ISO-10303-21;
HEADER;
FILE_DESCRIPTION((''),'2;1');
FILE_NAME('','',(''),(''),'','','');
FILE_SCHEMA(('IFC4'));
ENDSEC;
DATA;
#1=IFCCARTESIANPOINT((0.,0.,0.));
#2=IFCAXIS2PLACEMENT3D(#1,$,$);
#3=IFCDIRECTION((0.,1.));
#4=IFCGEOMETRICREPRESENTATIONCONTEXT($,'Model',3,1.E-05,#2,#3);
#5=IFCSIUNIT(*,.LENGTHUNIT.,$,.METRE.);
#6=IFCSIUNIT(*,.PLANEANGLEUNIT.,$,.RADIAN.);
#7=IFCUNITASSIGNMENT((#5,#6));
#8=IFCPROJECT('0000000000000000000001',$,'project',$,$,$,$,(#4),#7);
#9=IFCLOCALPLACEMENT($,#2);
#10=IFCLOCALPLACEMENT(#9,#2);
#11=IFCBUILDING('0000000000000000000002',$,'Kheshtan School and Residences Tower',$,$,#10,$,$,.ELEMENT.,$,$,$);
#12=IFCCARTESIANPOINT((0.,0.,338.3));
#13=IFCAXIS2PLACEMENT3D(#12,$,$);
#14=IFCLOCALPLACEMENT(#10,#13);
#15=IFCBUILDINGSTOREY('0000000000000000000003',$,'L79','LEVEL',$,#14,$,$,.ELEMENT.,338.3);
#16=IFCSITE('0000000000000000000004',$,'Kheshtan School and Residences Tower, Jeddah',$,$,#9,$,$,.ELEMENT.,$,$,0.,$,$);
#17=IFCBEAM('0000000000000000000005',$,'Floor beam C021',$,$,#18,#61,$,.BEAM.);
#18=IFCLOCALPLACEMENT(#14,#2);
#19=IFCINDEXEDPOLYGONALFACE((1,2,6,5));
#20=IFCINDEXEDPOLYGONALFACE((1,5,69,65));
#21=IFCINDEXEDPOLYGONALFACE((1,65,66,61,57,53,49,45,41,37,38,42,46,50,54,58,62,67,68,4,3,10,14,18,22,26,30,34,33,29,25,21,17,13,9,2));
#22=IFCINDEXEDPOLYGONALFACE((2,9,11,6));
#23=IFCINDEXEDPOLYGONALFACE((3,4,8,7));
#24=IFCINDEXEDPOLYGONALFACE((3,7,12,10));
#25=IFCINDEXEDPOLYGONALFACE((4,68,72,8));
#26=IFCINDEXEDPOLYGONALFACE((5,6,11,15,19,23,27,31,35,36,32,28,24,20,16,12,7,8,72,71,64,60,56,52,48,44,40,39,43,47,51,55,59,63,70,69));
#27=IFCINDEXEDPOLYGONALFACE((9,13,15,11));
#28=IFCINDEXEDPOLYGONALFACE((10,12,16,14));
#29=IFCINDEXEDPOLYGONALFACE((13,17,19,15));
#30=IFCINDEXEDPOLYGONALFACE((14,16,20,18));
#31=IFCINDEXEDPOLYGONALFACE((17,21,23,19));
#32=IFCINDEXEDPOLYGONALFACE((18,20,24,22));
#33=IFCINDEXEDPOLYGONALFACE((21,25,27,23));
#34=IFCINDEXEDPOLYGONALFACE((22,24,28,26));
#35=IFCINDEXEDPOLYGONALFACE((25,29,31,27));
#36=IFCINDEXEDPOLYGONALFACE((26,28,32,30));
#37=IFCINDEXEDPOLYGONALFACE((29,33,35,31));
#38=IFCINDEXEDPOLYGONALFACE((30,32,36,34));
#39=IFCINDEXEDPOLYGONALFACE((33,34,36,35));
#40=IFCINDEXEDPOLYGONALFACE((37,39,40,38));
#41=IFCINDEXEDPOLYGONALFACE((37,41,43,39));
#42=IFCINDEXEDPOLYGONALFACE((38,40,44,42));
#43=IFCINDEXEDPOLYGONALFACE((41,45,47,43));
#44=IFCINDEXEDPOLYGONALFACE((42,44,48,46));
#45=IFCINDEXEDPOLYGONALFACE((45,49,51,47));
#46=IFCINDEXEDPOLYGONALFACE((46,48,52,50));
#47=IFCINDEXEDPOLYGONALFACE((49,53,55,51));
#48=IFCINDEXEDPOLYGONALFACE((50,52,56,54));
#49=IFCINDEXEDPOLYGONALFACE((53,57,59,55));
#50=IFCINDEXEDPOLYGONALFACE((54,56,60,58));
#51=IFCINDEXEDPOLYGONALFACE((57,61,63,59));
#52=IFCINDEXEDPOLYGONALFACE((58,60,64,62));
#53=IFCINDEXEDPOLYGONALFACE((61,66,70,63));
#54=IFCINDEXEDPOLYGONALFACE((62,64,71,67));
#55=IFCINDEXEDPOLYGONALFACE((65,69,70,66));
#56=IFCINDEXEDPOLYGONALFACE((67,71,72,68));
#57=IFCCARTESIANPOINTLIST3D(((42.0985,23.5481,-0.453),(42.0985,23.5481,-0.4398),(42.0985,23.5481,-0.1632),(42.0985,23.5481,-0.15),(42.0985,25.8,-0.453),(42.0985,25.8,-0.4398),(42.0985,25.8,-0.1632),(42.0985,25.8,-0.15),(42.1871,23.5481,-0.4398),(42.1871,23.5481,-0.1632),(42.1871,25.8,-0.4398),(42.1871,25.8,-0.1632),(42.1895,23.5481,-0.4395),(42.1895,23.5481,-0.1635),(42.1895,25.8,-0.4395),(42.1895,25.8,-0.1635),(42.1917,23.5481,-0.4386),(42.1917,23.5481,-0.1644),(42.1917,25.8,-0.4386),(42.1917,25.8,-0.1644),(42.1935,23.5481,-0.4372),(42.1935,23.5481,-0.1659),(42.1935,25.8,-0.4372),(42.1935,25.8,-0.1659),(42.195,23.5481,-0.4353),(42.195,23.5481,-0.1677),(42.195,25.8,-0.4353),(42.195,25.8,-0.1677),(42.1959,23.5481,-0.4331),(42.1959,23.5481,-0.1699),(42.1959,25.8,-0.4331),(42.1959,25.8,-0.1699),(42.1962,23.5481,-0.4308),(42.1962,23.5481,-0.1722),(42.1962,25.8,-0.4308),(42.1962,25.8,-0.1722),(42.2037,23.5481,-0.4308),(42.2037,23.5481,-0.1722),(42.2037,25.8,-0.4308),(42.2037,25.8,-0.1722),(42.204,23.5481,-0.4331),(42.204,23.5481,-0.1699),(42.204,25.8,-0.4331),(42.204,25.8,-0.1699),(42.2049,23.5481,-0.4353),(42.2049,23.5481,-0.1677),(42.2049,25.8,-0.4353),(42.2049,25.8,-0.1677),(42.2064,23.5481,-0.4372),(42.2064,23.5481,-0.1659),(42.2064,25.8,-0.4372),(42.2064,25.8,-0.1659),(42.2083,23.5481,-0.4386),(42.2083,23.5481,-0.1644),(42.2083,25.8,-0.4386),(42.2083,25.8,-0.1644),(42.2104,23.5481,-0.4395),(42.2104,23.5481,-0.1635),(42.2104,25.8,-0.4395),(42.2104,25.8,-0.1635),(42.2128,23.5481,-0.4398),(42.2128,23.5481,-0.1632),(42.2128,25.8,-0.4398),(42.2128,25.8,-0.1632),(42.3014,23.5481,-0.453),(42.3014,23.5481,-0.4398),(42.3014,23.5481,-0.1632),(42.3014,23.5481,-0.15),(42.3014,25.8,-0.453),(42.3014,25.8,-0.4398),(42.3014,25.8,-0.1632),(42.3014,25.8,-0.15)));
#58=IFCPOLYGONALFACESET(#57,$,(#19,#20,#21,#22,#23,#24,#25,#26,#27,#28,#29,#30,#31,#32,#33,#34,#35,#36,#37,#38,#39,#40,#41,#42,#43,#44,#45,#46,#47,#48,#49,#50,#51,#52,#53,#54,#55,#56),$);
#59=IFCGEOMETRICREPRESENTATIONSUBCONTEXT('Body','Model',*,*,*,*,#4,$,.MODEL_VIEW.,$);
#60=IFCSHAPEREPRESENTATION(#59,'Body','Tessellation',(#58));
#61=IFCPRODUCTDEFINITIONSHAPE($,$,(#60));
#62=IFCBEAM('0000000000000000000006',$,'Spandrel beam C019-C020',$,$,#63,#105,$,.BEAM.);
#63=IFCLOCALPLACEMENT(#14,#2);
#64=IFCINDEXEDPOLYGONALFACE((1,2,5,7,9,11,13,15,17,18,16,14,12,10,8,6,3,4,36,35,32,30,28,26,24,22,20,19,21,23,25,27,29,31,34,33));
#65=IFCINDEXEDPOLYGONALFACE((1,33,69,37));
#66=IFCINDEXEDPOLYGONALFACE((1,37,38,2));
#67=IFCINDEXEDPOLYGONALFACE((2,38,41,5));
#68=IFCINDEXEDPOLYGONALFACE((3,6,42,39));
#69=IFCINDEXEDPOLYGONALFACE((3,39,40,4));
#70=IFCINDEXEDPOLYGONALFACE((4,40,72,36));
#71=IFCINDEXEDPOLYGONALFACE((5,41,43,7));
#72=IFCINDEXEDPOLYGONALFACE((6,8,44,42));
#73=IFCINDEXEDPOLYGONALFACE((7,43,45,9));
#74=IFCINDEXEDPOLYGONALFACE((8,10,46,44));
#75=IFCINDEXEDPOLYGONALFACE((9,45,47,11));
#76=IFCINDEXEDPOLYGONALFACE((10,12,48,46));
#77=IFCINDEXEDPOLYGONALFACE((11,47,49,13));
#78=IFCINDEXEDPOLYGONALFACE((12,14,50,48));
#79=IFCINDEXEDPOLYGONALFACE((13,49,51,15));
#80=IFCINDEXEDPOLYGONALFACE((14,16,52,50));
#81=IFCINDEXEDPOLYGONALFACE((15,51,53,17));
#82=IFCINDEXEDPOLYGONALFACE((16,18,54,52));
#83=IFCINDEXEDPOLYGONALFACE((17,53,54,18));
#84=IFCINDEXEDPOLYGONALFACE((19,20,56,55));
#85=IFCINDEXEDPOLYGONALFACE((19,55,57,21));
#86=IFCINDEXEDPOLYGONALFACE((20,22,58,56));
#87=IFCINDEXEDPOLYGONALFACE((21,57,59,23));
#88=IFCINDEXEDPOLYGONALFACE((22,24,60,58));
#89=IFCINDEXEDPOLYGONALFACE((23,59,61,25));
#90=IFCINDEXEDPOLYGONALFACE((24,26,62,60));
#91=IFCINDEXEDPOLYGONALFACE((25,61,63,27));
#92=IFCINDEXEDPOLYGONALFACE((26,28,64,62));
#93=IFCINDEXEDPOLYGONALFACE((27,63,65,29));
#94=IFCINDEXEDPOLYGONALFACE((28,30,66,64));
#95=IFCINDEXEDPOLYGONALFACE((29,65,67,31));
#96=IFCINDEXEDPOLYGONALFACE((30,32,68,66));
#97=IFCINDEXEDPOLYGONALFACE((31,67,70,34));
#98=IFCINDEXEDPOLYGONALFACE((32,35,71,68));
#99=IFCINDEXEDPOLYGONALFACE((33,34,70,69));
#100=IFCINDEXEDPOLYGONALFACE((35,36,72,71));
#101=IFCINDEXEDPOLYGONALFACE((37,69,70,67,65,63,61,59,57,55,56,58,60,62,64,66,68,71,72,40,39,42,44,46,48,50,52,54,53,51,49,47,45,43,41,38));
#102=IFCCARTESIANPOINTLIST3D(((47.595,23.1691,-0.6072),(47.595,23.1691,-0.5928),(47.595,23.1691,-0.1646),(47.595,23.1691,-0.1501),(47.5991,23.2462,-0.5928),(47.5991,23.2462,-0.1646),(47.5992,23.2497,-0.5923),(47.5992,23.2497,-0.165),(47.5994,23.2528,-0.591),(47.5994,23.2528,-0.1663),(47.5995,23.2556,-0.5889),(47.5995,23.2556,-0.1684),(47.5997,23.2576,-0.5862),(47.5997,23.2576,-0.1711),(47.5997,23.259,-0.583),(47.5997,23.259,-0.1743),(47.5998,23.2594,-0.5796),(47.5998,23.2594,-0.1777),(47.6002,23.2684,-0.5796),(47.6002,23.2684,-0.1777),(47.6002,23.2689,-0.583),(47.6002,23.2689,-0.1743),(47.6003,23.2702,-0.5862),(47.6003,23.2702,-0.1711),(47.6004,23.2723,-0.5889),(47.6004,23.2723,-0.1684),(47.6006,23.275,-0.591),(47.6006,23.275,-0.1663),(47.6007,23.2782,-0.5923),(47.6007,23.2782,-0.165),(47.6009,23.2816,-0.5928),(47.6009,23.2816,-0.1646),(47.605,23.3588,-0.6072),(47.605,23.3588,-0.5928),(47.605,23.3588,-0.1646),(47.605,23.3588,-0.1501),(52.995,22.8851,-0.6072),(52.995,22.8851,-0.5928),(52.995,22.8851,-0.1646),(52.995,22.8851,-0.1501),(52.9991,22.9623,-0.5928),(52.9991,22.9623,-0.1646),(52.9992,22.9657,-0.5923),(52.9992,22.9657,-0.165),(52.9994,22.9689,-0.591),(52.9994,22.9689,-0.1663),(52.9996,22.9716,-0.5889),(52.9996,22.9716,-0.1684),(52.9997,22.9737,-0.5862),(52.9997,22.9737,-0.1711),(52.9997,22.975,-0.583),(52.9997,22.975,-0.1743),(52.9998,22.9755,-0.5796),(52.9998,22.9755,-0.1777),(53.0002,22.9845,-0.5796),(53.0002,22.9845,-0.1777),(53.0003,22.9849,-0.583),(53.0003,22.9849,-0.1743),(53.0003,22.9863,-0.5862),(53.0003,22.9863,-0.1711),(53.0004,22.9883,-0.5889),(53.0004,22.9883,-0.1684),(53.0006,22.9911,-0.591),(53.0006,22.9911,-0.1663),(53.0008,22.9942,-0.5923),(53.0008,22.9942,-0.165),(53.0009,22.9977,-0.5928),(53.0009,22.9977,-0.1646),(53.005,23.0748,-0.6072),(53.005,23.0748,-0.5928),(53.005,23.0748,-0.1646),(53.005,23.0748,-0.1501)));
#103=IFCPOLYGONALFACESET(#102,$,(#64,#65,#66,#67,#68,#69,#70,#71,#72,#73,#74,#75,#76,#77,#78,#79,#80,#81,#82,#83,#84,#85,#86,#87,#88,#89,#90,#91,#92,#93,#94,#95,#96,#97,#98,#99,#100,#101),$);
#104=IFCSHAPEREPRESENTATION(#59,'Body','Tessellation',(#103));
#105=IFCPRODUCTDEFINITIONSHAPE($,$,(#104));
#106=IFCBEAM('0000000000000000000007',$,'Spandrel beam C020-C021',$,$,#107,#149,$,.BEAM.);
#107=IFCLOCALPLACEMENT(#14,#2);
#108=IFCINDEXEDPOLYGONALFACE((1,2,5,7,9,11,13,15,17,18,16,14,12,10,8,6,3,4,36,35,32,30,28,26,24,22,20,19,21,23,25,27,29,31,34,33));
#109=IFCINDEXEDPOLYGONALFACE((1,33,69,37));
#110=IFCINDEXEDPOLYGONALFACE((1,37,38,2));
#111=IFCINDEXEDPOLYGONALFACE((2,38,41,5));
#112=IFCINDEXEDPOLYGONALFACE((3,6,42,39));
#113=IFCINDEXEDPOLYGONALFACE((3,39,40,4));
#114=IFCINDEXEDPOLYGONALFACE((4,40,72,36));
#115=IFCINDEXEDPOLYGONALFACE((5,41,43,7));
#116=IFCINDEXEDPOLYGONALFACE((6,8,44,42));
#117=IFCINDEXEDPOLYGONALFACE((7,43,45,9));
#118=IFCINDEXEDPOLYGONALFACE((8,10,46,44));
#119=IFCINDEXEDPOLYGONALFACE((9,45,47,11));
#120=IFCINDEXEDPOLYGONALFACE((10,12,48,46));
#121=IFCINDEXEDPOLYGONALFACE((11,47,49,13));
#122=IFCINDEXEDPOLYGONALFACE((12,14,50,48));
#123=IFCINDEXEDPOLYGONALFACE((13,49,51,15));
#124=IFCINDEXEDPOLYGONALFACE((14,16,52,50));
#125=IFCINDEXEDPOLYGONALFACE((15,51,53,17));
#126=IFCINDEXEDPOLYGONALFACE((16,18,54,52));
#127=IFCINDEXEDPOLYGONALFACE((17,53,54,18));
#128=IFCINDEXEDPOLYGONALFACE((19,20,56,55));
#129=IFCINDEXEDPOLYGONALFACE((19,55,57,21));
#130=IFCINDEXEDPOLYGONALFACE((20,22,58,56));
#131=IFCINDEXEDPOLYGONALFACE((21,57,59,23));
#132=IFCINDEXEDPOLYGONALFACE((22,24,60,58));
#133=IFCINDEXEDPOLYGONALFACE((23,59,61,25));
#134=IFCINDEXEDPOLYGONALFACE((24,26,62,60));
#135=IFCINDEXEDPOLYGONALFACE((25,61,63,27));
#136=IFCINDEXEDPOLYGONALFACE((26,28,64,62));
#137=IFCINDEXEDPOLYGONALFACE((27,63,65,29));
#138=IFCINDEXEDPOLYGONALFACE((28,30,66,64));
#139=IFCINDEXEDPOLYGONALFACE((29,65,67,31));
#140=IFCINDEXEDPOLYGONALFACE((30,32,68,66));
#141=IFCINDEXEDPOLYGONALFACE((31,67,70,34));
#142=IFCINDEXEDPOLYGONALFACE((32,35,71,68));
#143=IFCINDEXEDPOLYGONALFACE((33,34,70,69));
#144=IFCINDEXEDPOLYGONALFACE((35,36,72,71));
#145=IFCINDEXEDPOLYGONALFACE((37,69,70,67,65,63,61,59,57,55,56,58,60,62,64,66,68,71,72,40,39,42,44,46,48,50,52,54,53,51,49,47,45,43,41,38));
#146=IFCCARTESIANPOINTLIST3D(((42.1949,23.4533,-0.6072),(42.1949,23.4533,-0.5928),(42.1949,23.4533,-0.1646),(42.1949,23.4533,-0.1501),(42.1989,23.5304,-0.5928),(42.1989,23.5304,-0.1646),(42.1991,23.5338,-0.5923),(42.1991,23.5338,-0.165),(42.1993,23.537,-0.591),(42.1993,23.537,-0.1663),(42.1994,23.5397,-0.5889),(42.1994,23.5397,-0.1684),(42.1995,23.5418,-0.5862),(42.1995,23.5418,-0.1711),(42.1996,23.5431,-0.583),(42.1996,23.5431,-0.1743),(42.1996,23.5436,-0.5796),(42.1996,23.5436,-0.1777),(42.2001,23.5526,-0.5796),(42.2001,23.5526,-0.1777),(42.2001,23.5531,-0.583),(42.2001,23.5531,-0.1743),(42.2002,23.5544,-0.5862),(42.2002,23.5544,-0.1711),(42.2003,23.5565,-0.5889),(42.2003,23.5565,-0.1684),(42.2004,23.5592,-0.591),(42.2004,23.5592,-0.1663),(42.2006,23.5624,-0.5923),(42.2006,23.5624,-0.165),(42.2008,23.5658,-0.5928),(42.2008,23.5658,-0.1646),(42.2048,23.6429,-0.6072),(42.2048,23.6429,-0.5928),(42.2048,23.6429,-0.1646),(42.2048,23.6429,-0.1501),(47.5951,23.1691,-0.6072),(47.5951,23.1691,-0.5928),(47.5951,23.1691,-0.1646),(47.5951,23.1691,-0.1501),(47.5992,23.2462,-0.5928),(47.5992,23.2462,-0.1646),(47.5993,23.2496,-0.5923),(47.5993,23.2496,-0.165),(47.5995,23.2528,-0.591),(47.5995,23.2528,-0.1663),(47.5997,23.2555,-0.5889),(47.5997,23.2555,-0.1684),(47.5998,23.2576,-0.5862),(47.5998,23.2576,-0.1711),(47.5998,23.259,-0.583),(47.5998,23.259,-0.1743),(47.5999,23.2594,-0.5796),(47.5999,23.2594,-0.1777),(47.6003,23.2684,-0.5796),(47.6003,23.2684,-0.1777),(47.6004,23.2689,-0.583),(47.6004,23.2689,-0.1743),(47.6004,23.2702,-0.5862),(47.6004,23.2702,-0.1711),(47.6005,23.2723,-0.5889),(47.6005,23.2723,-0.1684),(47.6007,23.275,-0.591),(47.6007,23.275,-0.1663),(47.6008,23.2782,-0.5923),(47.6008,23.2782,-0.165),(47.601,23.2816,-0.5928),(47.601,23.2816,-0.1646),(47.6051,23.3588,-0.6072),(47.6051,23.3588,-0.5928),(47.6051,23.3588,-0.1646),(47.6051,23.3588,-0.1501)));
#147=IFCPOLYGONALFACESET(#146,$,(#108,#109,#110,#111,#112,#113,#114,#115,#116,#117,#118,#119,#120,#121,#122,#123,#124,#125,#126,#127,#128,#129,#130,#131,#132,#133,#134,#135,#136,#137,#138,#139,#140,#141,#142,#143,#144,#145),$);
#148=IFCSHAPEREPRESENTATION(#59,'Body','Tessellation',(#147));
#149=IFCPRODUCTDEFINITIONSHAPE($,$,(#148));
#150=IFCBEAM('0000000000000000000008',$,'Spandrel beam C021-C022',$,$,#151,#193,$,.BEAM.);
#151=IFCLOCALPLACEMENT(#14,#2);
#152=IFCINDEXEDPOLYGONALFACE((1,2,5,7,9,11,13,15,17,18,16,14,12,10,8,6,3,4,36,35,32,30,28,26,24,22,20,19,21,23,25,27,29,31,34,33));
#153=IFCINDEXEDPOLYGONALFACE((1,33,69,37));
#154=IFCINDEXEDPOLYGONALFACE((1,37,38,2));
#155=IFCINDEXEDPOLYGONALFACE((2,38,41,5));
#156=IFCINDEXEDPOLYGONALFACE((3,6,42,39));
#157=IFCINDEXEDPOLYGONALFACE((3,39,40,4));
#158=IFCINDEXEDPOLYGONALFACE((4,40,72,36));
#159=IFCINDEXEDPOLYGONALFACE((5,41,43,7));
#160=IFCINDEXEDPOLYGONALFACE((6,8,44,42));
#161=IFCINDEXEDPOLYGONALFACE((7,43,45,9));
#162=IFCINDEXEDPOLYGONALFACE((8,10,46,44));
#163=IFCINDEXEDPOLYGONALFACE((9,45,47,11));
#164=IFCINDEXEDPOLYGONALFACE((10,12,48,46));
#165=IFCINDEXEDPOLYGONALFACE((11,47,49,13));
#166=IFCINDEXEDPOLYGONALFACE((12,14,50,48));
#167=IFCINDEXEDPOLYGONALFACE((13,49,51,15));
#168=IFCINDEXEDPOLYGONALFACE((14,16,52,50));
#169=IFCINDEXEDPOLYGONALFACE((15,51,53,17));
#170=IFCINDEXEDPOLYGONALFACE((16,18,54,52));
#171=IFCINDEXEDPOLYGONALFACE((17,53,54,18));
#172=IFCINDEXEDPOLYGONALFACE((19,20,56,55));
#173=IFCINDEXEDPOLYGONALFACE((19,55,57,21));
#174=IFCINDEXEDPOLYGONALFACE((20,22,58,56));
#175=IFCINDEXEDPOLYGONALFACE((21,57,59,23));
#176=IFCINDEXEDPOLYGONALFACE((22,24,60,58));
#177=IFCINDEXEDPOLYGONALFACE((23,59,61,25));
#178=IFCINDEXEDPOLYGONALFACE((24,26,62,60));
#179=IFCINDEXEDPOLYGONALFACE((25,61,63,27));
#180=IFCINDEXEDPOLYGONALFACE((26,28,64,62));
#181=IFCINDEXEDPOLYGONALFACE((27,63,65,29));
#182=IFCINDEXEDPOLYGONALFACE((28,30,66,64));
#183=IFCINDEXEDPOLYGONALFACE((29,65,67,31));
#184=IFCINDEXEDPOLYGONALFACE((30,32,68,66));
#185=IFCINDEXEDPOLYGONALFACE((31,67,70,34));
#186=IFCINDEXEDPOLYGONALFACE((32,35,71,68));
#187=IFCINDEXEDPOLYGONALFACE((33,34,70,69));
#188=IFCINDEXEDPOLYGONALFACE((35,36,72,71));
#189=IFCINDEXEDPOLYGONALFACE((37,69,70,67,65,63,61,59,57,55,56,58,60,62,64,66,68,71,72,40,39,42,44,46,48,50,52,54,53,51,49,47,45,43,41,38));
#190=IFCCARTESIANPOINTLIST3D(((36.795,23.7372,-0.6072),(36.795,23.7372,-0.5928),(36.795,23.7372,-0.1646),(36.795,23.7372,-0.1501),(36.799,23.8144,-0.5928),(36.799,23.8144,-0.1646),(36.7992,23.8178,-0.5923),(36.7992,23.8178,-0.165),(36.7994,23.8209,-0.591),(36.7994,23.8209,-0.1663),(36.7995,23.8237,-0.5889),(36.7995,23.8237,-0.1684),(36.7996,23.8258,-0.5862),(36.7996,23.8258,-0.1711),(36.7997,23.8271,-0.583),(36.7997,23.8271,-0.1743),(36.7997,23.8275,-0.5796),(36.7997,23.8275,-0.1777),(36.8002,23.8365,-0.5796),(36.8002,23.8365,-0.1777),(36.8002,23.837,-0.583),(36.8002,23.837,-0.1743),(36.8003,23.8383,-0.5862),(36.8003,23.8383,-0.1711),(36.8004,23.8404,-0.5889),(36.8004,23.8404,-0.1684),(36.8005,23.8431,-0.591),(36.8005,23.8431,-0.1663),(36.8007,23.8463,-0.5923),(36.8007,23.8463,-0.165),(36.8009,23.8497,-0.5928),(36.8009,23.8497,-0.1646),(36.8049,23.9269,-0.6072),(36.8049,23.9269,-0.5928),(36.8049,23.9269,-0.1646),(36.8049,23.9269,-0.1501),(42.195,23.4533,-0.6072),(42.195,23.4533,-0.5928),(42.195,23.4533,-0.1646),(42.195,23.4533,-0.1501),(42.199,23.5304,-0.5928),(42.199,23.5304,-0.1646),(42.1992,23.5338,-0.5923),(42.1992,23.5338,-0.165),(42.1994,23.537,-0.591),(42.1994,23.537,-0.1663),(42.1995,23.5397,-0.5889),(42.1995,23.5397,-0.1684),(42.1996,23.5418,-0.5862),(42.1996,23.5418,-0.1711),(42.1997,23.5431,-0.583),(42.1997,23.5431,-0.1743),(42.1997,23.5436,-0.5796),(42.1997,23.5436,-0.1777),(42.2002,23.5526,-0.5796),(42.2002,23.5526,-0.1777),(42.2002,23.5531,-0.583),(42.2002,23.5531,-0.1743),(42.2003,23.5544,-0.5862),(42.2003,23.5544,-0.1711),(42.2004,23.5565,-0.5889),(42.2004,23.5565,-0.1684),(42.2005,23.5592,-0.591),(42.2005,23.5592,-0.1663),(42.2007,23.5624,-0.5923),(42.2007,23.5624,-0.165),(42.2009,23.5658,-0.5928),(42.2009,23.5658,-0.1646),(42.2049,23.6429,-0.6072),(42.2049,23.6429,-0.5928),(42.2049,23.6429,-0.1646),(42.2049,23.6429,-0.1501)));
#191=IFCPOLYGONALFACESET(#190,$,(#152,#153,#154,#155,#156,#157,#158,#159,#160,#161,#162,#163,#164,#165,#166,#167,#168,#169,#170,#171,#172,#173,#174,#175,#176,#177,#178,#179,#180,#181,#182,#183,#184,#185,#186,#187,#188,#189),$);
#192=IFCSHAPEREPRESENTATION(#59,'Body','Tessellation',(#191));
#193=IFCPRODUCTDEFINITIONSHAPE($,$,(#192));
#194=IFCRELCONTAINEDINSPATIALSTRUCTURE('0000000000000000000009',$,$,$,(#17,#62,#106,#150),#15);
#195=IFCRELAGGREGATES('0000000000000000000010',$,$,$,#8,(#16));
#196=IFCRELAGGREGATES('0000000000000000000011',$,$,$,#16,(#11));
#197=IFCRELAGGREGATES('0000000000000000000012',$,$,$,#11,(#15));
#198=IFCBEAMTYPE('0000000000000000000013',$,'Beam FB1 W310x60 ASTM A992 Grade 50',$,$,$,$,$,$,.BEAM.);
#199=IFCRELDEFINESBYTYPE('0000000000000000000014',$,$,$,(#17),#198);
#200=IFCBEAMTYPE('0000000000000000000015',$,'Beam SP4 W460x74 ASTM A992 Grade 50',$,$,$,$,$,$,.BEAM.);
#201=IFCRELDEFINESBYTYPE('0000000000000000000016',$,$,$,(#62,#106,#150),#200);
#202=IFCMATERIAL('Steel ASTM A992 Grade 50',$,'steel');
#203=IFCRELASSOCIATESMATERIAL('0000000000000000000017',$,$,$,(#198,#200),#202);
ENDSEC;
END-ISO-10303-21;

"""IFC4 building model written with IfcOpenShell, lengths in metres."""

from ifc_helpers import new_model, si_unit, direction, frame, origin, origin_2d, place, context, subcontext, project, spatial, i_section, extrude, material, material_profile, profile_set, type_object, element, save


model = new_model("IFC4")

# Units and contexts
model_context = context("Model", 3, precision=1e-05, world=origin(), true_north=direction((0.0, 1.0)))
body_context = subcontext(model_context, "Body", "Model", "MODEL_VIEW")
ifc_project = project(units=[si_unit("LENGTHUNIT", "METRE"), si_unit("PLANEANGLEUNIT", "RADIAN")], contexts=[model_context])

# Site, building, storey
site_placement = place(None, origin())
site = spatial("IfcSite", under=ifc_project, at=site_placement, Name="Kheshtan School and Residences Tower, Jeddah", CompositionType="ELEMENT", RefElevation=0.0)
building_placement = place(site_placement, origin())
building = spatial("IfcBuilding", under=site, at=building_placement, Name="Kheshtan School and Residences Tower", CompositionType="ELEMENT")
storey_placement = place(building_placement, frame((0.0, 0.0, 338.3)))
storey = spatial("IfcBuildingStorey", under=building, at=storey_placement, Name="L79", Description="LEVEL", CompositionType="ELEMENT", Elevation=338.3)

# Shared definitions
ifc_material_1 = material(Name="Steel ASTM A992 Grade 50", Category="steel")

# Beams
ifc_material_profile_1 = material_profile(ifc_material_1, i_section(OverallWidth=0.2029, OverallDepth=0.303, WebThickness=0.0076, FlangeThickness=0.0132, FilletRadius=0.009, at=origin_2d()), Name="W310x60")
ifc_profile_set_1 = profile_set([ifc_material_profile_1], Name="Steel ASTM A992 Grade 50")
beam_type_1 = type_object("IfcBeamType", Name="Beam FB1 W310x60 ASTM A992 Grade 50", PredefinedType="BEAM", material=ifc_profile_set_1)
beam_1_placement = place(storey_placement, frame((42.2, 23.5481, -0.3015), z_axis=(0.0, 1.0, 0.0), x_axis=(-1.0, 0.0, 0.0)))
element("IfcBeam", 1, at=beam_1_placement, inside=storey, type_object=beam_type_1, Name="Floor beam C021", PredefinedType="BEAM", context=body_context, shape_type="SweptSolid", body=[
    extrude(i_section(OverallWidth=0.2029, OverallDepth=0.303, WebThickness=0.0076, FlangeThickness=0.0132, FilletRadius=0.009, at=origin_2d()), origin(), (0.0, 0.0, 1.0), 2.252),
])
ifc_material_profile_2 = material_profile(ifc_material_1, i_section(OverallWidth=0.1899, OverallDepth=0.457, WebThickness=0.009, FlangeThickness=0.0144, FilletRadius=0.0132, at=origin_2d()), Name="W460x74")
ifc_profile_set_2 = profile_set([ifc_material_profile_2], Name="Steel ASTM A992 Grade 50")
beam_type_2 = type_object("IfcBeamType", Name="Beam SP4 W460x74 ASTM A992 Grade 50", PredefinedType="BEAM", material=ifc_profile_set_2)
beam_2_placement = place(storey_placement, frame((53.0, 22.98, -0.3787), z_axis=(-0.99862, 0.052509, 0.0), x_axis=(-0.052509, -0.99862, 0.0)))
element("IfcBeam", 2, at=beam_2_placement, inside=storey, type_object=beam_type_2, Name="Spandrel beam C019-C020", PredefinedType="BEAM", context=body_context, shape_type="SweptSolid", body=[
    extrude(i_section(OverallWidth=0.1899, OverallDepth=0.457, WebThickness=0.009, FlangeThickness=0.0144, FilletRadius=0.0132, at=origin_2d()), origin(), (0.0, 0.0, 1.0), 5.4075),
])
beam_3_placement = place(storey_placement, frame((47.6001, 23.2639, -0.3787), z_axis=(-0.998618, 0.052552, 0.0), x_axis=(-0.052552, -0.998618, 0.0)))
element("IfcBeam", 3, at=beam_3_placement, inside=storey, type_object=beam_type_2, Name="Spandrel beam C020-C021", PredefinedType="BEAM", context=body_context, shape_type="SweptSolid", body=[
    extrude(i_section(OverallWidth=0.1899, OverallDepth=0.457, WebThickness=0.009, FlangeThickness=0.0144, FilletRadius=0.0132, at=origin_2d()), origin(), (0.0, 0.0, 1.0), 5.4077),
])
beam_4_placement = place(storey_placement, frame((42.2, 23.5481, -0.3787), z_axis=(-0.99862, 0.052509, 0.0), x_axis=(-0.052509, -0.99862, 0.0)))
element("IfcBeam", 4, at=beam_4_placement, inside=storey, type_object=beam_type_2, Name="Spandrel beam C021-C022", PredefinedType="BEAM", context=body_context, shape_type="SweptSolid", body=[
    extrude(i_section(OverallWidth=0.1899, OverallDepth=0.457, WebThickness=0.009, FlangeThickness=0.0144, FilletRadius=0.0132, at=origin_2d()), origin(), (0.0, 0.0, 1.0), 5.4075),
])

save(model, "model.ifc")
